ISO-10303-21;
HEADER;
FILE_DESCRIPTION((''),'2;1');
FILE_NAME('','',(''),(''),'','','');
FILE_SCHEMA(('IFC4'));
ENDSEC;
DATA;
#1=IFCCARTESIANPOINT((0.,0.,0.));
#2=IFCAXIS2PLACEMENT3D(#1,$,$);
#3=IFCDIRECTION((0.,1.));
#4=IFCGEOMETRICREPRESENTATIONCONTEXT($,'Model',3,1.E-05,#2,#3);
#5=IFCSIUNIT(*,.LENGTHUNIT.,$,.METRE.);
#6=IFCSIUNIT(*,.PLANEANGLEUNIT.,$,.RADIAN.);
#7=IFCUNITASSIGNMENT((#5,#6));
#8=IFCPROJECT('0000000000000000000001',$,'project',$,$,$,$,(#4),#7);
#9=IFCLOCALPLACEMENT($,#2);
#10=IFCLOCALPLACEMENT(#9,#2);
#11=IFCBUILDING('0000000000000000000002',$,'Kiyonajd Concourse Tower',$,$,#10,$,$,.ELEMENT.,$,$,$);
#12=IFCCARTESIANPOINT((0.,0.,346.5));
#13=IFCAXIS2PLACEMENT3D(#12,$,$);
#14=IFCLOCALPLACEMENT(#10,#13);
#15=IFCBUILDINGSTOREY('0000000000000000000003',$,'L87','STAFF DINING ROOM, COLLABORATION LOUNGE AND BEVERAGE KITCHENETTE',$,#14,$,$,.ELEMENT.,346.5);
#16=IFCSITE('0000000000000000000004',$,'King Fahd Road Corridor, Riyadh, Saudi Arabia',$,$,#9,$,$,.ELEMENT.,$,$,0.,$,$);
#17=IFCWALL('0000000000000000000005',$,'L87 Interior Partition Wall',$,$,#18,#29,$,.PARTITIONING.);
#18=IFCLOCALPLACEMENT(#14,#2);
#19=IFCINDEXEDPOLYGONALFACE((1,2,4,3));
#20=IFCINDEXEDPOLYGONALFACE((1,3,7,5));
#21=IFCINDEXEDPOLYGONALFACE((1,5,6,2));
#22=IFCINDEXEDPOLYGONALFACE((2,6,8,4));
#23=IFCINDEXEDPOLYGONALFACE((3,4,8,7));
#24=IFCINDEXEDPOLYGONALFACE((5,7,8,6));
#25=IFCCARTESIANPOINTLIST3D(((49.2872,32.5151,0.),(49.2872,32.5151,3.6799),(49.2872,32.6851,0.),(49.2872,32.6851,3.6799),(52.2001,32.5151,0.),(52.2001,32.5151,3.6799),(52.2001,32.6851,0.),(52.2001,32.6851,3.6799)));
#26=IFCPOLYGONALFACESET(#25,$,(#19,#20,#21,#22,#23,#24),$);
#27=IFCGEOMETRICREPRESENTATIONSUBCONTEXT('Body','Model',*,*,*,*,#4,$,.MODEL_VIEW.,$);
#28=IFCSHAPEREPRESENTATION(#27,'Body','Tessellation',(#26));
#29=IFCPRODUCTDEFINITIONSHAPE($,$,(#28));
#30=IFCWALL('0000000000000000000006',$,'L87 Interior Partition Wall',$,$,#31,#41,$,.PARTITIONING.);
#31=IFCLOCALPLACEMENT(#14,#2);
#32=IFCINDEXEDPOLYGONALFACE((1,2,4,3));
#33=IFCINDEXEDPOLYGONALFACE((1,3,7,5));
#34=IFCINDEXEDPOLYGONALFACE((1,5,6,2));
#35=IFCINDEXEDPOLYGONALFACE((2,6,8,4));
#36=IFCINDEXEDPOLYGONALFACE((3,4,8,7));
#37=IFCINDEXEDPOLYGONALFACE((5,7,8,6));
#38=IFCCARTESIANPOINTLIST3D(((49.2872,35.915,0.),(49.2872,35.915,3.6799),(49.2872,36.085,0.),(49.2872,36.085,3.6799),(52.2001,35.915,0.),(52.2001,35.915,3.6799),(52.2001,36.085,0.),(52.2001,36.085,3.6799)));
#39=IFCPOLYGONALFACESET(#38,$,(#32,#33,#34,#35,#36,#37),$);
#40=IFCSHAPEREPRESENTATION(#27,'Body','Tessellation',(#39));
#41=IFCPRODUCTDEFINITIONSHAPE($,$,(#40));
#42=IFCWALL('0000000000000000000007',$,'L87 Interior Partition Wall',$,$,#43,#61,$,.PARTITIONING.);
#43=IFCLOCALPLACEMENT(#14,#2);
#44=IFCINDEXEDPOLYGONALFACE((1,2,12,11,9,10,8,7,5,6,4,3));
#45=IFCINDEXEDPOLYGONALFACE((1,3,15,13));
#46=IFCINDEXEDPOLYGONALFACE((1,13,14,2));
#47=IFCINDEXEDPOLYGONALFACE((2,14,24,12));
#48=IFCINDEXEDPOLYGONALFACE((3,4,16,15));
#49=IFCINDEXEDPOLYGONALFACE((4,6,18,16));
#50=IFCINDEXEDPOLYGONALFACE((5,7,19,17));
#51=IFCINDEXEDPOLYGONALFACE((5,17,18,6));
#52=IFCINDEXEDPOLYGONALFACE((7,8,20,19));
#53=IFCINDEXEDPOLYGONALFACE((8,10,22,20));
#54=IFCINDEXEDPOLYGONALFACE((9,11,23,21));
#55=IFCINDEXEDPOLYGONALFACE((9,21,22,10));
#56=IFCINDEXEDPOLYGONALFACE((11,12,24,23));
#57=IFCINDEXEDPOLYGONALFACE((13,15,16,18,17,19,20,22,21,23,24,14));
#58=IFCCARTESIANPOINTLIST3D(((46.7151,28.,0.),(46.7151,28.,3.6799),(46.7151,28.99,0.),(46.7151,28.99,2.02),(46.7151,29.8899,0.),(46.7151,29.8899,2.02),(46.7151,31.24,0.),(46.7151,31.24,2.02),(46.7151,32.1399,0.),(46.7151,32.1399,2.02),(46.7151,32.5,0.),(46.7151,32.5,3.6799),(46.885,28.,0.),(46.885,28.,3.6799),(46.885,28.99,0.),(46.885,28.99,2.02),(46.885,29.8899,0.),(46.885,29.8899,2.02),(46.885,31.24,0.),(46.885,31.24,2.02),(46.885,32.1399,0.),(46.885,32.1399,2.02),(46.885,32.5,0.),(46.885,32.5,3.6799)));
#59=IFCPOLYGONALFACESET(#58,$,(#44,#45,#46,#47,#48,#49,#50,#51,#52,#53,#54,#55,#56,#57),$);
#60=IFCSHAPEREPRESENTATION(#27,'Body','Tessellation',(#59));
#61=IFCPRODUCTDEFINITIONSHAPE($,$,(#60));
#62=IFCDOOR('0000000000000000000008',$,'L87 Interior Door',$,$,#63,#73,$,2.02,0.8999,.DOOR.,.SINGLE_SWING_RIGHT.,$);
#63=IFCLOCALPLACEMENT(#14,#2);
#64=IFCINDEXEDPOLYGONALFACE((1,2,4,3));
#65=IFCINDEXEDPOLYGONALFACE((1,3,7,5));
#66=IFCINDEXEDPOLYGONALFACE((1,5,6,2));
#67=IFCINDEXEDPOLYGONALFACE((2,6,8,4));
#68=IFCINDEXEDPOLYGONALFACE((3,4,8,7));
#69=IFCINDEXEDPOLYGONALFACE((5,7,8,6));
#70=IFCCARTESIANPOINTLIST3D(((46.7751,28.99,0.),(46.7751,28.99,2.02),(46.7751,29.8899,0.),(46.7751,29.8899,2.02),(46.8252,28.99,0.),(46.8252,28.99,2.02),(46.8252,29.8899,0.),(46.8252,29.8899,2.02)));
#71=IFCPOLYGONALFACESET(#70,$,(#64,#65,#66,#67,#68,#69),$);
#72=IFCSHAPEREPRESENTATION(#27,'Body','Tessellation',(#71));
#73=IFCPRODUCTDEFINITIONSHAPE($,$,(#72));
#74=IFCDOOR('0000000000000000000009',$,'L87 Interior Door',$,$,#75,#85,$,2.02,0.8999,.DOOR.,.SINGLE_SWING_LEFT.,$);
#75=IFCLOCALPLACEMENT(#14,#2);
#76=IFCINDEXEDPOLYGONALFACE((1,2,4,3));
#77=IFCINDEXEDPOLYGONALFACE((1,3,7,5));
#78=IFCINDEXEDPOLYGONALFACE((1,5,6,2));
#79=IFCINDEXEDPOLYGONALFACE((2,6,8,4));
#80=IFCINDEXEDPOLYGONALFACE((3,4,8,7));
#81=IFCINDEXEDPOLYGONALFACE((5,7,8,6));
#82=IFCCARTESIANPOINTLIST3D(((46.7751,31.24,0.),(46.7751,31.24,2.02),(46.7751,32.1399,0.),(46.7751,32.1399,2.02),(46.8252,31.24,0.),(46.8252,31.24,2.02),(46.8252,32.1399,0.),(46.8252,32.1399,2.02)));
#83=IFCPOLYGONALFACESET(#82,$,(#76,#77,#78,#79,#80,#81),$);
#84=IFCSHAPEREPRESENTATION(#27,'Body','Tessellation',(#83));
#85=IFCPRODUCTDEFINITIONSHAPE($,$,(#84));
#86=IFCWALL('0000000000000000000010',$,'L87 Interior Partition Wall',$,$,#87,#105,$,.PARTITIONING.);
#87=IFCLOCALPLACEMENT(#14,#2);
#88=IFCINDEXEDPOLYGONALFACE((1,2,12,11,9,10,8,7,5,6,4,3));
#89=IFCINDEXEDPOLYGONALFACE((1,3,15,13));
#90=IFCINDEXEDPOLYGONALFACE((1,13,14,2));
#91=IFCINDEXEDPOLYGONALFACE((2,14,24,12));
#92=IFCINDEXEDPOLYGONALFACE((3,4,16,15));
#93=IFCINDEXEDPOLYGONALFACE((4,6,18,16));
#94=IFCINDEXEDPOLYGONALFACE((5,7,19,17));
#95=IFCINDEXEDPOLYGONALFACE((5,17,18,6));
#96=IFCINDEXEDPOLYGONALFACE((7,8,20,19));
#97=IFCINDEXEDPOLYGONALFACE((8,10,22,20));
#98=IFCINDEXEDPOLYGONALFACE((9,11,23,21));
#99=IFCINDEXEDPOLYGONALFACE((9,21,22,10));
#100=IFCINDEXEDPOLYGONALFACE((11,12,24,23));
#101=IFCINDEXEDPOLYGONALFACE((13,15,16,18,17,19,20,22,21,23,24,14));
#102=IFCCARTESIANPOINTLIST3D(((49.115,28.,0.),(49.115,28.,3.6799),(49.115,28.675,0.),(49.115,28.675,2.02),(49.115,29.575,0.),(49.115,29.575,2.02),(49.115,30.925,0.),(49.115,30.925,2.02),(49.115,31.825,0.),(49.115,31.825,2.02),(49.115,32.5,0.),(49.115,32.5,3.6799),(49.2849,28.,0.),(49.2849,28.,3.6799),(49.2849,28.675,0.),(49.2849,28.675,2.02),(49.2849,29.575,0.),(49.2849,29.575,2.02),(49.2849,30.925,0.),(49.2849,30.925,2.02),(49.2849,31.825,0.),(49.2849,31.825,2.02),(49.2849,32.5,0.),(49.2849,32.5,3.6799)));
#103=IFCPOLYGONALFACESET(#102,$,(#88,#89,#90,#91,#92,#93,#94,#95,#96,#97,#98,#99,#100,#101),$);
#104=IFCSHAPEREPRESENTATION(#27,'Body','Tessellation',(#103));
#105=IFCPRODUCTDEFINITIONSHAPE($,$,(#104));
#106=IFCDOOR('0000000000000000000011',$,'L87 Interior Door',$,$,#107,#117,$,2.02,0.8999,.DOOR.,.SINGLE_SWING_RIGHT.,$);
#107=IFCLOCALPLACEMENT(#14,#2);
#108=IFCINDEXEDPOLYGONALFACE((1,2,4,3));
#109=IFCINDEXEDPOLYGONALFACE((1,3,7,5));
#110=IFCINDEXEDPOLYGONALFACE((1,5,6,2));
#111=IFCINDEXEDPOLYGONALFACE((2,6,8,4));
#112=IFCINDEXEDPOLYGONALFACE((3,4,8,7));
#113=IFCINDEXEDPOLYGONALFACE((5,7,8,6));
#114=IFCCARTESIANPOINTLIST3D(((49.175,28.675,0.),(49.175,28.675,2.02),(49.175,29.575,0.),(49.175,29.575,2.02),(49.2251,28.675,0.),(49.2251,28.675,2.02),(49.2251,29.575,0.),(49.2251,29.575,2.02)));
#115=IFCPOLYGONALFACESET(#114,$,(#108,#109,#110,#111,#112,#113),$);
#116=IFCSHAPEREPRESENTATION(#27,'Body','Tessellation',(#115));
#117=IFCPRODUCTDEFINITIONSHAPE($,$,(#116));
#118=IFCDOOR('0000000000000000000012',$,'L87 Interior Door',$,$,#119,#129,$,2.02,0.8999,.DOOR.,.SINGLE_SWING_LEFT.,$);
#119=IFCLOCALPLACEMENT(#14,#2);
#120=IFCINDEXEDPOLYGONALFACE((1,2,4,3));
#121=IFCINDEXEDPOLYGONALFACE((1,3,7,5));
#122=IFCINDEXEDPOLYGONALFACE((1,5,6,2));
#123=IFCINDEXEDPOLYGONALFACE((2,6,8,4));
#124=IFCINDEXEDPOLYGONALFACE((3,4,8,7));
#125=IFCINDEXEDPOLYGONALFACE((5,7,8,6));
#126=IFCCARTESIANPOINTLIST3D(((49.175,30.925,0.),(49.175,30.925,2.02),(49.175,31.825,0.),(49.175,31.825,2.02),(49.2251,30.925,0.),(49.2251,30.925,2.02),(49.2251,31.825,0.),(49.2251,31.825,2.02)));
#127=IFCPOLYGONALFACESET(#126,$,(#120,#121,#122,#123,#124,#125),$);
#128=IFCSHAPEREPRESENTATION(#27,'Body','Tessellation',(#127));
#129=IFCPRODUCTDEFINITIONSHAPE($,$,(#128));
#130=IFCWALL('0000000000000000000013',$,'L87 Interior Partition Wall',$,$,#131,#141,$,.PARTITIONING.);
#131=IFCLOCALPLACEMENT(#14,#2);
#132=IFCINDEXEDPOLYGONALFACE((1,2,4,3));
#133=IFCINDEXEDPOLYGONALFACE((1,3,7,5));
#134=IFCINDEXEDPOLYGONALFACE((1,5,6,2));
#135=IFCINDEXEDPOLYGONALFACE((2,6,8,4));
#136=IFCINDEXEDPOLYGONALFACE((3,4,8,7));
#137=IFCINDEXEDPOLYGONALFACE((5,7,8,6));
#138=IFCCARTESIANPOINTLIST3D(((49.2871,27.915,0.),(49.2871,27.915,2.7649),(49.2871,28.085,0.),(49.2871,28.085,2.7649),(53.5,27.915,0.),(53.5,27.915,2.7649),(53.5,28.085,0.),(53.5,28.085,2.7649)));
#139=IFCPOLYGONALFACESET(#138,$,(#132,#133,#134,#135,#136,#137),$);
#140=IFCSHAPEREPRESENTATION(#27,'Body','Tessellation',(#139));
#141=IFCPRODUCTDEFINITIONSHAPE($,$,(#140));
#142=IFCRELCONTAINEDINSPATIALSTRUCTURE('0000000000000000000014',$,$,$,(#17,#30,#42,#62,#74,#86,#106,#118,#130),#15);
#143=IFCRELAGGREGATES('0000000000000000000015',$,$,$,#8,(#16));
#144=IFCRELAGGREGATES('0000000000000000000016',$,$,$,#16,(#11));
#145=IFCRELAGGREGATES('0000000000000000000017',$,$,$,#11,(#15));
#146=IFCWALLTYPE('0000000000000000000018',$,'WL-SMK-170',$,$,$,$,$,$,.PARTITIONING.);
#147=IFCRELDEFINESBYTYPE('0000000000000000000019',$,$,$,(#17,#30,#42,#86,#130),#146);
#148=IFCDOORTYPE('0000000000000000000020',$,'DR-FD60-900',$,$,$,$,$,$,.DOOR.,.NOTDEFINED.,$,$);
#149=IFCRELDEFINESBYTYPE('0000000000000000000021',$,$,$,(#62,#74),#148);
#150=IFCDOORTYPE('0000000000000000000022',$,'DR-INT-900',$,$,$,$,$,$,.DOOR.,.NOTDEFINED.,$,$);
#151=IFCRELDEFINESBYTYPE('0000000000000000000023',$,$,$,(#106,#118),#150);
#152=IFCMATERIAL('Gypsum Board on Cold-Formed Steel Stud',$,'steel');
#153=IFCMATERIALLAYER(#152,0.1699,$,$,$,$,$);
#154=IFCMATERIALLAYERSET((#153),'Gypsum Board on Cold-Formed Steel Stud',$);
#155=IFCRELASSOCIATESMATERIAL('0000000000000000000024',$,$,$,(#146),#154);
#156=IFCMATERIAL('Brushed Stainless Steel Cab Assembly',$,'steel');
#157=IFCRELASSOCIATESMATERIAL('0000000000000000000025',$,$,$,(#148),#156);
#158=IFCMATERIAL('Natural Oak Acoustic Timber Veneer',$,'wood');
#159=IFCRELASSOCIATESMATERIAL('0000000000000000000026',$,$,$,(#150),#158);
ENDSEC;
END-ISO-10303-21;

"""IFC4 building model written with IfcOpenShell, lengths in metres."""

from ifc_helpers import new_model, si_unit, direction, frame, frame_2d, origin, place, context, subcontext, project, spatial, rectangle, extrude, material, layer, layer_set, type_object, element, fill, save


model = new_model("IFC4")

# Units and contexts
model_context = context("Model", 3, precision=1e-05, world=origin(), true_north=direction((0.0, 1.0)))
body_context = subcontext(model_context, "Body", "Model", "MODEL_VIEW")
ifc_project = project(units=[si_unit("LENGTHUNIT", "METRE"), si_unit("PLANEANGLEUNIT", "RADIAN")], contexts=[model_context])

# Site, building, storey
site_placement = place(None, origin())
site = spatial("IfcSite", under=ifc_project, at=site_placement, Name="King Fahd Road Corridor, Riyadh, Saudi Arabia", CompositionType="ELEMENT", RefElevation=0.0)
building_placement = place(site_placement, origin())
building = spatial("IfcBuilding", under=site, at=building_placement, Name="Kiyonajd Concourse Tower", CompositionType="ELEMENT")
storey_placement = place(building_placement, frame((0.0, 0.0, 346.5)))
storey = spatial("IfcBuildingStorey", under=building, at=storey_placement, Name="L87", Description="STAFF DINING ROOM, COLLABORATION LOUNGE AND BEVERAGE KITCHENETTE", CompositionType="ELEMENT", Elevation=346.5)

# Shared definitions
ifc_material_1 = material(Name="Gypsum Board on Cold-Formed Steel Stud", Category="steel")

# Shared definitions
ifc_layer_1 = layer(ifc_material_1, 0.1699)
ifc_layer_set_1 = layer_set([ifc_layer_1], Name="Gypsum Board on Cold-Formed Steel Stud")
wall_type_1 = type_object("IfcWallType", Name="WL-SMK-170", PredefinedType="PARTITIONING", material=ifc_layer_set_1)
ifc_material_2 = material(Name="Brushed Stainless Steel Cab Assembly", Category="steel")
door_type_1 = type_object("IfcDoorType", Name="DR-FD60-900", OperationType="NOTDEFINED", PredefinedType="DOOR", material=ifc_material_2)
ifc_material_3 = material(Name="Natural Oak Acoustic Timber Veneer", Category="wood")
door_type_2 = type_object("IfcDoorType", Name="DR-INT-900", OperationType="NOTDEFINED", PredefinedType="DOOR", material=ifc_material_3)

# Walls
for number, where, z_axis, x_axis, name in (
    (1, (49.2871, 32.6001, 0.0), (0.0, 0.0, 1.0), (1.0, 0.0, 0.0), "L87 Interior Partition Wall"),
    (2, (49.2871, 36.0, 0.0), (0.0, 0.0, 1.0), (1.0, 0.0, 0.0), "L87 Interior Partition Wall"),
):
    element("IfcWall", number, at=place(storey_placement, frame(where, z_axis=z_axis, x_axis=x_axis)), inside=storey, type_object=wall_type_1, Name=name, PredefinedType="PARTITIONING", context=body_context, shape_type="SweptSolid", body=[
        extrude(rectangle(XDim=2.9128, YDim=0.1699, at=frame_2d((1.4565, 0.0))), origin(), (0.0, 0.0, 1.0), 3.6799),
    ])

# Walls, openings, doors
wall_1_placement = place(storey_placement, frame((46.8, 28.0, 0.0), z_axis=(0.0, 0.0, 1.0), x_axis=(0.0, 1.0, 0.0)))
wall_1 = element("IfcWall", 3, at=wall_1_placement, inside=storey, type_object=wall_type_1, Name="L87 Interior Partition Wall", PredefinedType="PARTITIONING", context=body_context, shape_type="SweptSolid", body=[
    extrude(rectangle(XDim=4.5, YDim=0.1699, at=frame_2d((2.25, 0.0))), origin(), (0.0, 0.0, 1.0), 3.6799),
])
opening_1_placement = place(wall_1_placement, frame((0.99, 0.0, 0.0)))
opening_1 = element("IfcOpeningElement", 4, at=opening_1_placement, cuts=wall_1, PredefinedType="OPENING", context=body_context, shape_type="SweptSolid", body=[
    extrude(rectangle(XDim=0.8999, YDim=2.02, at=frame_2d((0.45, 1.01))), frame((0.0, 0.095, 0.0), z_axis=(0.0, -1.0, 0.0), x_axis=(1.0, 0.0, 0.0)), (0.0, 0.0, 1.0), 0.1899),
])
opening_2_placement = place(wall_1_placement, frame((3.24, 0.0, 0.0)))
opening_2 = element("IfcOpeningElement", 5, at=opening_2_placement, cuts=wall_1, PredefinedType="OPENING", context=body_context, shape_type="SweptSolid", body=[
    extrude(rectangle(XDim=0.8999, YDim=2.02, at=frame_2d((0.45, 1.01))), frame((0.0, 0.095, 0.0), z_axis=(0.0, -1.0, 0.0), x_axis=(1.0, 0.0, 0.0)), (0.0, 0.0, 1.0), 0.1899),
])
door_1_placement = place(opening_1_placement, origin())
door_1 = element("IfcDoor", 6, at=door_1_placement, inside=storey, type_object=door_type_1, Name="L87 Interior Door", OperationType="SINGLE_SWING_RIGHT", OverallHeight=2.02, OverallWidth=0.8999, PredefinedType="DOOR", context=body_context, shape_type="SweptSolid", body=[
    extrude(rectangle(XDim=0.8999, YDim=2.02, at=frame_2d((0.45, 1.01))), frame((0.0, 0.0249, 0.0), z_axis=(0.0, -1.0, 0.0), x_axis=(1.0, 0.0, 0.0)), (0.0, 0.0, 1.0), 0.05),
])
fill(opening_1, door_1)
door_2_placement = place(opening_2_placement, origin())
door_2 = element("IfcDoor", 7, at=door_2_placement, inside=storey, type_object=door_type_1, Name="L87 Interior Door", OperationType="SINGLE_SWING_LEFT", OverallHeight=2.02, OverallWidth=0.8999, PredefinedType="DOOR", context=body_context, shape_type="SweptSolid", body=[
    extrude(rectangle(XDim=0.8999, YDim=2.02, at=frame_2d((0.45, 1.01))), frame((0.0, 0.0249, 0.0), z_axis=(0.0, -1.0, 0.0), x_axis=(1.0, 0.0, 0.0)), (0.0, 0.0, 1.0), 0.05),
])
fill(opening_2, door_2)
wall_2_placement = place(storey_placement, frame((49.2, 28.0, 0.0), z_axis=(0.0, 0.0, 1.0), x_axis=(0.0, 1.0, 0.0)))
wall_2 = element("IfcWall", 8, at=wall_2_placement, inside=storey, type_object=wall_type_1, Name="L87 Interior Partition Wall", PredefinedType="PARTITIONING", context=body_context, shape_type="SweptSolid", body=[
    extrude(rectangle(XDim=4.5, YDim=0.1699, at=frame_2d((2.25, 0.0))), origin(), (0.0, 0.0, 1.0), 3.6799),
])
opening_3_placement = place(wall_2_placement, frame((0.675, 0.0, 0.0)))
opening_3 = element("IfcOpeningElement", 9, at=opening_3_placement, cuts=wall_2, PredefinedType="OPENING", context=body_context, shape_type="SweptSolid", body=[
    extrude(rectangle(XDim=0.8999, YDim=2.02, at=frame_2d((0.45, 1.01))), frame((0.0, 0.095, 0.0), z_axis=(0.0, -1.0, 0.0), x_axis=(1.0, 0.0, 0.0)), (0.0, 0.0, 1.0), 0.1899),
])
opening_4_placement = place(wall_2_placement, frame((2.925, 0.0, 0.0)))
opening_4 = element("IfcOpeningElement", 10, at=opening_4_placement, cuts=wall_2, PredefinedType="OPENING", context=body_context, shape_type="SweptSolid", body=[
    extrude(rectangle(XDim=0.8999, YDim=2.02, at=frame_2d((0.45, 1.01))), frame((0.0, 0.095, 0.0), z_axis=(0.0, -1.0, 0.0), x_axis=(1.0, 0.0, 0.0)), (0.0, 0.0, 1.0), 0.1899),
])
door_3_placement = place(opening_3_placement, origin())
door_3 = element("IfcDoor", 11, at=door_3_placement, inside=storey, type_object=door_type_2, Name="L87 Interior Door", OperationType="SINGLE_SWING_RIGHT", OverallHeight=2.02, OverallWidth=0.8999, PredefinedType="DOOR", context=body_context, shape_type="SweptSolid", body=[
    extrude(rectangle(XDim=0.8999, YDim=2.02, at=frame_2d((0.45, 1.01))), frame((0.0, 0.0249, 0.0), z_axis=(0.0, -1.0, 0.0), x_axis=(1.0, 0.0, 0.0)), (0.0, 0.0, 1.0), 0.05),
])
fill(opening_3, door_3)
door_4_placement = place(opening_4_placement, origin())
door_4 = element("IfcDoor", 12, at=door_4_placement, inside=storey, type_object=door_type_2, Name="L87 Interior Door", OperationType="SINGLE_SWING_LEFT", OverallHeight=2.02, OverallWidth=0.8999, PredefinedType="DOOR", context=body_context, shape_type="SweptSolid", body=[
    extrude(rectangle(XDim=0.8999, YDim=2.02, at=frame_2d((0.45, 1.01))), frame((0.0, 0.0249, 0.0), z_axis=(0.0, -1.0, 0.0), x_axis=(1.0, 0.0, 0.0)), (0.0, 0.0, 1.0), 0.05),
])
fill(opening_4, door_4)

# Wall
wall_3_placement = place(storey_placement, frame((49.2871, 28.0, 0.0), z_axis=(0.0, 0.0, 1.0), x_axis=(1.0, 0.0, 0.0)))
element("IfcWall", 13, at=wall_3_placement, inside=storey, type_object=wall_type_1, Name="L87 Interior Partition Wall", PredefinedType="PARTITIONING", context=body_context, shape_type="SweptSolid", body=[
    extrude(rectangle(XDim=4.2129, YDim=0.1699, at=frame_2d((2.1064, 0.0))), origin(), (0.0, 0.0, 1.0), 2.7649),
])

save(model, "model.ifc")
